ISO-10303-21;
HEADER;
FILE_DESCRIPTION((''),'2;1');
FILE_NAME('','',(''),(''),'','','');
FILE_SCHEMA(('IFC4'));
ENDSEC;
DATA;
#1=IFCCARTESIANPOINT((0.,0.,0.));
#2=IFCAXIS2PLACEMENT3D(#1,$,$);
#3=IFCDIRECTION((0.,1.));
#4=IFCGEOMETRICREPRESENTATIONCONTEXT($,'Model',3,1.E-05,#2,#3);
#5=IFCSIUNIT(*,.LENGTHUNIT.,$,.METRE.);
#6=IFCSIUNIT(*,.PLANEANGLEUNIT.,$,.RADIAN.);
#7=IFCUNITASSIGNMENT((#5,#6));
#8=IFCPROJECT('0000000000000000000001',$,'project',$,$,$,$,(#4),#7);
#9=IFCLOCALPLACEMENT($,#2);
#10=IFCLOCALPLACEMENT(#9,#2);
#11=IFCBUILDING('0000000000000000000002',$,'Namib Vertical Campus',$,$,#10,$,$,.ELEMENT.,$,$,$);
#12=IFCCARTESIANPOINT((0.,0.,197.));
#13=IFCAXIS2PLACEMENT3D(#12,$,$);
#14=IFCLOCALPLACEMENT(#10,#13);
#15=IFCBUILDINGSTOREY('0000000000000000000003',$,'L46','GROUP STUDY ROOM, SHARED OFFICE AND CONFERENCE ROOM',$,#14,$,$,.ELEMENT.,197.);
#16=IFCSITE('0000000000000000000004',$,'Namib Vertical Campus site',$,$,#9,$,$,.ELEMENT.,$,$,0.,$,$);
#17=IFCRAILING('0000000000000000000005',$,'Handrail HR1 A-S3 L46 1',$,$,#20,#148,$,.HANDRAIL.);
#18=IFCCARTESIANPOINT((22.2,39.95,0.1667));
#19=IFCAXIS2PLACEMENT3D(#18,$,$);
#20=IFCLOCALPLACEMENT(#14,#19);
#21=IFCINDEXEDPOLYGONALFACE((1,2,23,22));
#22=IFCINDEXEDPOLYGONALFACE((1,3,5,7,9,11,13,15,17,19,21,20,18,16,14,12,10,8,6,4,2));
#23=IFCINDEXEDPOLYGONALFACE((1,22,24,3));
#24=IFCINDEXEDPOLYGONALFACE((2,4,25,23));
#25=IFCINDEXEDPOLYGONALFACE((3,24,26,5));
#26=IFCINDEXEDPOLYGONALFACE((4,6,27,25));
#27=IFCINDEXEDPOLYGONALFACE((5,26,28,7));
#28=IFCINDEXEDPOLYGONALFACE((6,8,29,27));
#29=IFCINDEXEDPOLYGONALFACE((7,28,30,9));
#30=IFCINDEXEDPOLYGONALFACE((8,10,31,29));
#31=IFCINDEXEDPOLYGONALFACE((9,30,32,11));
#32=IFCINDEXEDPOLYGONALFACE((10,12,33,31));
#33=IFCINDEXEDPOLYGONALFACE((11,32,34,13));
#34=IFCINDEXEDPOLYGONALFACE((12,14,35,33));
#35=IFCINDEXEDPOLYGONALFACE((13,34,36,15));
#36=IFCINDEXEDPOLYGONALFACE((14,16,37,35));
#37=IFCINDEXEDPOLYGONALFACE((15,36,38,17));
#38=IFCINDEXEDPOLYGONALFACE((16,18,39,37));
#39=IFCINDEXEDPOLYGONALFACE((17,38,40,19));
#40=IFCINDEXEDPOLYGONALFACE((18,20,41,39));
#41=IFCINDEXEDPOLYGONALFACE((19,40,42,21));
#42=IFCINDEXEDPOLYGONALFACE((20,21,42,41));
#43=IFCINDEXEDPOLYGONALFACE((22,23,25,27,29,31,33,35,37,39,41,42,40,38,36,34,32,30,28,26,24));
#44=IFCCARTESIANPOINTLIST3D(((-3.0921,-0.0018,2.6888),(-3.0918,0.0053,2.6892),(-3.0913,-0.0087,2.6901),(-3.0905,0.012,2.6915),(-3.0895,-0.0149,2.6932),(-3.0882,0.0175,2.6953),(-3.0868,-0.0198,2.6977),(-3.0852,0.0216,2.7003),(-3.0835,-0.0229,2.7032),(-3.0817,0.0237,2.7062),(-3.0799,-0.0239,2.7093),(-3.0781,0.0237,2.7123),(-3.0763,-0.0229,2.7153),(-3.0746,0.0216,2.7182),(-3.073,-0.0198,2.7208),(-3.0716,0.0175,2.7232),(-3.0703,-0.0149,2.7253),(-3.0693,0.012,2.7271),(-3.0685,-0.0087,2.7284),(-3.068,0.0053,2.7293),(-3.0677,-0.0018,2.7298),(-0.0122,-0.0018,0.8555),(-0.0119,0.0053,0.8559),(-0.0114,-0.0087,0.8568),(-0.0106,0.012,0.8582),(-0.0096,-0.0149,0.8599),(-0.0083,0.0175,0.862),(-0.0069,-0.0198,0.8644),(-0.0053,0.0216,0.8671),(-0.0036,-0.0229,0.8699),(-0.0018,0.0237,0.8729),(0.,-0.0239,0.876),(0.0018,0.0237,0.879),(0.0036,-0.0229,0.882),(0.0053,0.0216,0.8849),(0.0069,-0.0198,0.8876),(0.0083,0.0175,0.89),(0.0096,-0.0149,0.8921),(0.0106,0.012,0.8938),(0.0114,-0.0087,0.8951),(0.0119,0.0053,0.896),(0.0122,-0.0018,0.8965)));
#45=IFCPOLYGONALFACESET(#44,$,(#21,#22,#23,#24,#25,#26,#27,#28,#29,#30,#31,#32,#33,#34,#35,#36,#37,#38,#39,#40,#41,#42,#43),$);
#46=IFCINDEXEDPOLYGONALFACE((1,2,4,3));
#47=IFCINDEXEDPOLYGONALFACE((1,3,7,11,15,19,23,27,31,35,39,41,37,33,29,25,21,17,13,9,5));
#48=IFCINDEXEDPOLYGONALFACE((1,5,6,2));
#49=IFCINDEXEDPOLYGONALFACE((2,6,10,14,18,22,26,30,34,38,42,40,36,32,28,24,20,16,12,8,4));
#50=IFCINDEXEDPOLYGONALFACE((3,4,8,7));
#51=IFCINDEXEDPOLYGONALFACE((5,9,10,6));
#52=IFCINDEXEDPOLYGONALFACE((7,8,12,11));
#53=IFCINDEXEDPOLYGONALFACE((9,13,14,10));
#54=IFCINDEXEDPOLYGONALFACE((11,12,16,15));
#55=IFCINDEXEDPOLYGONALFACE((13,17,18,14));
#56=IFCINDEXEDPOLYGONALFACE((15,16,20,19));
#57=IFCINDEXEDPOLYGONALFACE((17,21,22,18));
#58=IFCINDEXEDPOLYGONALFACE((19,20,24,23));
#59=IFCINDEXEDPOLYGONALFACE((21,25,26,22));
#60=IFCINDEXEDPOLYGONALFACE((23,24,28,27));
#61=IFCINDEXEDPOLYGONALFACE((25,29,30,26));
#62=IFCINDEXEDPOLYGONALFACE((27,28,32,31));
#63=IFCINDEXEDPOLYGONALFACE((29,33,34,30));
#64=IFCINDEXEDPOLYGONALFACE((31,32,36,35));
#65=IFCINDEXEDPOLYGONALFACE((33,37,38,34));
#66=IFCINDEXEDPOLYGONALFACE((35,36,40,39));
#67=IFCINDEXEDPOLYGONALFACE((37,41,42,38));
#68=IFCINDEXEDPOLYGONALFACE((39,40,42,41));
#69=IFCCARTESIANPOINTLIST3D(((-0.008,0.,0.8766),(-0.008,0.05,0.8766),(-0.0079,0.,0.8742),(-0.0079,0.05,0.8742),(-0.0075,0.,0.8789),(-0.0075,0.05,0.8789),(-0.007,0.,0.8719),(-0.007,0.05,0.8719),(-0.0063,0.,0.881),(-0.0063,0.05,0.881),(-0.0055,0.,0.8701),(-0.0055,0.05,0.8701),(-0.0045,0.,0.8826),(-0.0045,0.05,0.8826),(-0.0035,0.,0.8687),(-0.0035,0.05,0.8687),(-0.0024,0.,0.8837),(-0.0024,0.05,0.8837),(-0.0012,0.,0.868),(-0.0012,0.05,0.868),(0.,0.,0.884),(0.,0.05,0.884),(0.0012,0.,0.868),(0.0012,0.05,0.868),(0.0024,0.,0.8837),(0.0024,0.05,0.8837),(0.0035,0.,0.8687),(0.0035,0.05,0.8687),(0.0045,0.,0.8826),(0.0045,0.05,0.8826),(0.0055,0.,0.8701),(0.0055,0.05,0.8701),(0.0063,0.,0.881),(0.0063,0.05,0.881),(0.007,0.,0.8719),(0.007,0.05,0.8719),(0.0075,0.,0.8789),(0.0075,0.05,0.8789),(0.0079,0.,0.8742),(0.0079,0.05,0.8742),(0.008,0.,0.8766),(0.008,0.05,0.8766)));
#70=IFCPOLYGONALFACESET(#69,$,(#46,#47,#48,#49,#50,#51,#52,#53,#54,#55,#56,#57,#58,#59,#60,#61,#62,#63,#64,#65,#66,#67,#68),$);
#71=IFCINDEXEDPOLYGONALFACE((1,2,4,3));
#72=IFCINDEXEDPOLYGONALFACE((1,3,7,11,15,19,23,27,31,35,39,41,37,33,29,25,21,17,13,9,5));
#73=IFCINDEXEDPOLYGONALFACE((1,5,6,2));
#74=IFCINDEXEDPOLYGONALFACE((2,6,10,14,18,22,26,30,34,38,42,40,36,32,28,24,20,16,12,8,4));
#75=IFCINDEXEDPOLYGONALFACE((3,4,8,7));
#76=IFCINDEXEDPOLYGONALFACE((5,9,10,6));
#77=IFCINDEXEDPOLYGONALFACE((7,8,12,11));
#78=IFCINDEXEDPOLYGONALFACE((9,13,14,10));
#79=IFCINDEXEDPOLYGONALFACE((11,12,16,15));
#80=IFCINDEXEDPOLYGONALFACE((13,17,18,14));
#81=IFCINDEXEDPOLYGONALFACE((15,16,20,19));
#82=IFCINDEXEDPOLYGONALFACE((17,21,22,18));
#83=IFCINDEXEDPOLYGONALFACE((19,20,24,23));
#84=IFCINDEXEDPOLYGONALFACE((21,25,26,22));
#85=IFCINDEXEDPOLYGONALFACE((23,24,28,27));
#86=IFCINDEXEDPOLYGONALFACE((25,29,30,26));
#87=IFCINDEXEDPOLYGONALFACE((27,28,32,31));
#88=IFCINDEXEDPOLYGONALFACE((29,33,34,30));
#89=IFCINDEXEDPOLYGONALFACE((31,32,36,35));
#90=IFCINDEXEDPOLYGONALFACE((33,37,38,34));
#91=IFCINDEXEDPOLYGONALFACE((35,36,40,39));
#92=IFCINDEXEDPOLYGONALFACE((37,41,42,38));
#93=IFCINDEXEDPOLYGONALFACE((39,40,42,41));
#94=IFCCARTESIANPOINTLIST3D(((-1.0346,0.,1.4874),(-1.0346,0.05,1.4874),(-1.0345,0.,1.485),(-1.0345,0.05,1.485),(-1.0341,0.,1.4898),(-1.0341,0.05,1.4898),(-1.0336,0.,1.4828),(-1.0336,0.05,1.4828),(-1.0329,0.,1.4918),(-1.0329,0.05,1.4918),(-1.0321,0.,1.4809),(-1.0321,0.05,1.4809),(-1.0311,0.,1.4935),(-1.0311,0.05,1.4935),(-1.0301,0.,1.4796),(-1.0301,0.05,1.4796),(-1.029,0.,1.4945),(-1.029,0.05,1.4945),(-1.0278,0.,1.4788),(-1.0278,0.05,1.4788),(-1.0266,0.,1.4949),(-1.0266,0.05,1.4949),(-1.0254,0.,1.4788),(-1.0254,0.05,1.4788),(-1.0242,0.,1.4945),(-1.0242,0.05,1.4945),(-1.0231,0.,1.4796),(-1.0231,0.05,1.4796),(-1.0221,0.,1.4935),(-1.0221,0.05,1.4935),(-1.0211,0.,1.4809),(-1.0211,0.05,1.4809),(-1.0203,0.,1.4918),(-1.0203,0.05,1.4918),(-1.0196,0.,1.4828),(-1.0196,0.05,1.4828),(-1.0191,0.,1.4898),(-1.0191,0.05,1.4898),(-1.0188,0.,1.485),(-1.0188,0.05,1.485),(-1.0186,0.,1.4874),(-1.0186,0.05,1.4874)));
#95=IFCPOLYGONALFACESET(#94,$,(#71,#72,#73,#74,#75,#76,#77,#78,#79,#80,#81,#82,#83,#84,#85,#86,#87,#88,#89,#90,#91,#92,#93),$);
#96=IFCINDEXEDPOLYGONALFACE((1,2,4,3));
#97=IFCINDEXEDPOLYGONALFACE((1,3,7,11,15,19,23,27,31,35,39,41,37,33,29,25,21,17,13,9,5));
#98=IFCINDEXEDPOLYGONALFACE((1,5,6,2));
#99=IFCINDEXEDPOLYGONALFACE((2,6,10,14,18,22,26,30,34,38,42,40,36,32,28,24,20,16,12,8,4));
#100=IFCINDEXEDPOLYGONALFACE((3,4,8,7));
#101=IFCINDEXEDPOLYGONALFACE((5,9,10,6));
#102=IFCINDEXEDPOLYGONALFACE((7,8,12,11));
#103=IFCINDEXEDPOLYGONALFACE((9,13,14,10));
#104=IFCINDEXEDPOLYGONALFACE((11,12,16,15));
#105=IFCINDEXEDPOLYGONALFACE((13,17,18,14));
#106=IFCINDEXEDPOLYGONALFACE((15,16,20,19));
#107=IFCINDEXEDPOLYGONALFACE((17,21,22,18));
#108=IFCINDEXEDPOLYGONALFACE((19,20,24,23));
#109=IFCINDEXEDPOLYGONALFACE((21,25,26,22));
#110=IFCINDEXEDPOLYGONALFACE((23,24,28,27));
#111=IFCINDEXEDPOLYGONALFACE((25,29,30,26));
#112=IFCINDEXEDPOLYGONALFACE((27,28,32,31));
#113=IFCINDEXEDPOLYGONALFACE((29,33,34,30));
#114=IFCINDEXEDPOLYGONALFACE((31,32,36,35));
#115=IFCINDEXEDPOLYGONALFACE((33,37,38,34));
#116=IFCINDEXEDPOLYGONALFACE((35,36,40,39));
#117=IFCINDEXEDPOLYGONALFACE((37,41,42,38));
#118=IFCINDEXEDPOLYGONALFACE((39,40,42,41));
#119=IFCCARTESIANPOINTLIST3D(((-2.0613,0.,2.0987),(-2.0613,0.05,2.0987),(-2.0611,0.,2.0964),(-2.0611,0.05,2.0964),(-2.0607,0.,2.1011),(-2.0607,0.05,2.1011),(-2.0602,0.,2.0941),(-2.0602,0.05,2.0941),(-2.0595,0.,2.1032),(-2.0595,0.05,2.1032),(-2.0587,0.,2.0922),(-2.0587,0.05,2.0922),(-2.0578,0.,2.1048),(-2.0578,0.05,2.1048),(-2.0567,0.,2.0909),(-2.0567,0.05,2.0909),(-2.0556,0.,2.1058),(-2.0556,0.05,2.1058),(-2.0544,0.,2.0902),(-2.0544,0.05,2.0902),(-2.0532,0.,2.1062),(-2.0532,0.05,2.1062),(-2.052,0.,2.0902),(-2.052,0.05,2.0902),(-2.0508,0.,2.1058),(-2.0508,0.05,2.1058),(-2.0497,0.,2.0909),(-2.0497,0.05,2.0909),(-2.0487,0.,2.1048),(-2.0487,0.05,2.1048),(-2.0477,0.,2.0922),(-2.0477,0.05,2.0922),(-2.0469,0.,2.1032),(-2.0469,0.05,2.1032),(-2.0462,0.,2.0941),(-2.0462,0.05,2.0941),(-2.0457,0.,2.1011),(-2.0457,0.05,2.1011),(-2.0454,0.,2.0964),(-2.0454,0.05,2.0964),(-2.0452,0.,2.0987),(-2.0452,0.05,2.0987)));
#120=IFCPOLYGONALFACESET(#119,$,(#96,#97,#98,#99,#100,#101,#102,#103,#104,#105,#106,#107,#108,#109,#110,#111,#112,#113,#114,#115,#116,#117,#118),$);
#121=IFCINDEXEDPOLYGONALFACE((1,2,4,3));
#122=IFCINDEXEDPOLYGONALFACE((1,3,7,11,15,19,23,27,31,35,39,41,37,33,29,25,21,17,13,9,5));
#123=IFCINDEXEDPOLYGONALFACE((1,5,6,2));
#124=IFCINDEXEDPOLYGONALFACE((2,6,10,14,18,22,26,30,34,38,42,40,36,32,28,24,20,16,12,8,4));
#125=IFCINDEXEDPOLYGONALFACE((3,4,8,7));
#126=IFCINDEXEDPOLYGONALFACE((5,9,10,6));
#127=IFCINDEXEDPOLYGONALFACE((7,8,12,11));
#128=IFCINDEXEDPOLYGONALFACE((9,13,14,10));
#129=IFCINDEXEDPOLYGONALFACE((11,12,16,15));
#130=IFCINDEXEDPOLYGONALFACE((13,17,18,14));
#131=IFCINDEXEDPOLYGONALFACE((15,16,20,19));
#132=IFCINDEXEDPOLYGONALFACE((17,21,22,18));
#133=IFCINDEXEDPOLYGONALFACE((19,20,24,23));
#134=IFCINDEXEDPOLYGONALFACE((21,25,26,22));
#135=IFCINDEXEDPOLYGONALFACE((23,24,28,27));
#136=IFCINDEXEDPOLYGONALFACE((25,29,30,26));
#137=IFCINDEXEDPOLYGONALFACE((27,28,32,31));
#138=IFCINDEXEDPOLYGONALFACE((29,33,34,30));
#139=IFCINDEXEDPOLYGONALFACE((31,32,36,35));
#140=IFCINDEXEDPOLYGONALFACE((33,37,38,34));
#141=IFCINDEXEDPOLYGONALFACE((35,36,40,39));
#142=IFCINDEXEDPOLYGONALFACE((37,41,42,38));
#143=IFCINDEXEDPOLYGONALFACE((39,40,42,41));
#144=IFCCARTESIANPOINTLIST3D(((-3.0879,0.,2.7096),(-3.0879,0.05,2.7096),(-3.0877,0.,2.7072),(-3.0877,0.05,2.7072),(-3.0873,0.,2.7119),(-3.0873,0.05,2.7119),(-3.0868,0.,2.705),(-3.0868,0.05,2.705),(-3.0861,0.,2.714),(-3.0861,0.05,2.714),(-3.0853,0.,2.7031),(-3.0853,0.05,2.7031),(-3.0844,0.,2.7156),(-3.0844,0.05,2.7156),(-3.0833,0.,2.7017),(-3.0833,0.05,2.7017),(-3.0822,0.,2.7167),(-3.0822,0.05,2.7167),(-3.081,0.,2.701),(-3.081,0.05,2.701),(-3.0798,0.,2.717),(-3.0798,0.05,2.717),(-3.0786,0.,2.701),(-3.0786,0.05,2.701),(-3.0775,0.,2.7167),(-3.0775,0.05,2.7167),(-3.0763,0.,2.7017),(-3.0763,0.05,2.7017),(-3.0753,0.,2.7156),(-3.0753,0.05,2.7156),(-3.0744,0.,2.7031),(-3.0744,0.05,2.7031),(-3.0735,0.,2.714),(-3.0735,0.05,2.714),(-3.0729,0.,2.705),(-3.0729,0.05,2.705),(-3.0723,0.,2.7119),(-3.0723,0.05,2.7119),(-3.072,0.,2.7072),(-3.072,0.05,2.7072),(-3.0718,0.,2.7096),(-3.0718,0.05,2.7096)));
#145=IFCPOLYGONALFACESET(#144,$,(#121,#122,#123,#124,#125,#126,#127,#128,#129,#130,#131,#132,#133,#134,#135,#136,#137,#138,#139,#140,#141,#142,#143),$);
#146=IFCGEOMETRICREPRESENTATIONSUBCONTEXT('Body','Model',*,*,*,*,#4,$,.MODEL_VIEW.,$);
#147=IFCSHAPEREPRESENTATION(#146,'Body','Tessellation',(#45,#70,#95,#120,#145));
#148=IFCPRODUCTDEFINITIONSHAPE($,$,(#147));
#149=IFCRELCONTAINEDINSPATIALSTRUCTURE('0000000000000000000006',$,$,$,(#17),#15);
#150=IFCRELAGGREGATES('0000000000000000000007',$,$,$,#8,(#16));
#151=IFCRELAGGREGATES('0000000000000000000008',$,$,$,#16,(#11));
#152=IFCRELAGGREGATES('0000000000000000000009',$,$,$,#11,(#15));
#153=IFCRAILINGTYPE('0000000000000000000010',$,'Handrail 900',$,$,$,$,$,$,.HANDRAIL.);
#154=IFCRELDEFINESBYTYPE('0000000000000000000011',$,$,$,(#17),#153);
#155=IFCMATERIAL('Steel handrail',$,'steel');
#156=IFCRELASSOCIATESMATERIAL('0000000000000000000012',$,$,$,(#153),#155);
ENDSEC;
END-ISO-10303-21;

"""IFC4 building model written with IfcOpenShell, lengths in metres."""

from ifc_helpers import new_model, si_unit, direction, frame, origin, origin_2d, place, context, subcontext, project, spatial, circle, extrude, material, type_object, element, save


model = new_model("IFC4")

# Units and contexts
model_context = context("Model", 3, precision=1e-05, world=origin(), true_north=direction((0.0, 1.0)))
body_context = subcontext(model_context, "Body", "Model", "MODEL_VIEW")
ifc_project = project(units=[si_unit("LENGTHUNIT", "METRE"), si_unit("PLANEANGLEUNIT", "RADIAN")], contexts=[model_context])

# Site, building, storey
site_placement = place(None, origin())
site = spatial("IfcSite", under=ifc_project, at=site_placement, Name="Namib Vertical Campus site", CompositionType="ELEMENT", RefElevation=0.0)
building_placement = place(site_placement, origin())
building = spatial("IfcBuilding", under=site, at=building_placement, Name="Namib Vertical Campus", CompositionType="ELEMENT")
storey_placement = place(building_placement, frame((0.0, 0.0, 197.0)))
storey = spatial("IfcBuildingStorey", under=building, at=storey_placement, Name="L46", Description="GROUP STUDY ROOM, SHARED OFFICE AND CONFERENCE ROOM", CompositionType="ELEMENT", Elevation=197.0)

# Railing
ifc_material_1 = material(Name="Steel handrail", Category="steel")
railing_type_1 = type_object("IfcRailingType", Name="Handrail 900", PredefinedType="HANDRAIL", material=ifc_material_1)
railing_1_placement = place(storey_placement, frame((22.2, 39.95, 0.1667)))
element("IfcRailing", 1, at=railing_1_placement, inside=storey, type_object=railing_type_1, Name="Handrail HR1 A-S3 L46 1", PredefinedType="HANDRAIL", context=body_context, shape_type="SweptSolid", body=[
    extrude(circle(Radius=0.0239, at=origin_2d()), frame((0.0, 0.0, 0.876), z_axis=(-0.859291, 0.0, 0.511487), x_axis=(0.0, -1.0, 0.0)), (0.0, 0.0, 1.0), 3.5842),
    extrude(circle(Radius=0.0081, at=origin_2d()), frame((0.0, 0.0, 0.876), z_axis=(0.0, 1.0, 0.0), x_axis=(0.0, 0.0, 1.0)), (0.0, 0.0, 1.0), 0.05),
    extrude(circle(Radius=0.0081, at=origin_2d()), frame((-1.0266, 0.0, 1.4868), z_axis=(0.0, 1.0, 0.0), x_axis=(0.0, 0.0, 1.0)), (0.0, 0.0, 1.0), 0.05),
    extrude(circle(Radius=0.0081, at=origin_2d()), frame((-2.0532, 0.0, 2.0981), z_axis=(0.0, 1.0, 0.0), x_axis=(0.0, 0.0, 1.0)), (0.0, 0.0, 1.0), 0.05),
    extrude(circle(Radius=0.0081, at=origin_2d()), frame((-3.0798, 0.0, 2.709), z_axis=(0.0, 1.0, 0.0), x_axis=(0.0, 0.0, 1.0)), (0.0, 0.0, 1.0), 0.05),
])

save(model, "model.ifc")
